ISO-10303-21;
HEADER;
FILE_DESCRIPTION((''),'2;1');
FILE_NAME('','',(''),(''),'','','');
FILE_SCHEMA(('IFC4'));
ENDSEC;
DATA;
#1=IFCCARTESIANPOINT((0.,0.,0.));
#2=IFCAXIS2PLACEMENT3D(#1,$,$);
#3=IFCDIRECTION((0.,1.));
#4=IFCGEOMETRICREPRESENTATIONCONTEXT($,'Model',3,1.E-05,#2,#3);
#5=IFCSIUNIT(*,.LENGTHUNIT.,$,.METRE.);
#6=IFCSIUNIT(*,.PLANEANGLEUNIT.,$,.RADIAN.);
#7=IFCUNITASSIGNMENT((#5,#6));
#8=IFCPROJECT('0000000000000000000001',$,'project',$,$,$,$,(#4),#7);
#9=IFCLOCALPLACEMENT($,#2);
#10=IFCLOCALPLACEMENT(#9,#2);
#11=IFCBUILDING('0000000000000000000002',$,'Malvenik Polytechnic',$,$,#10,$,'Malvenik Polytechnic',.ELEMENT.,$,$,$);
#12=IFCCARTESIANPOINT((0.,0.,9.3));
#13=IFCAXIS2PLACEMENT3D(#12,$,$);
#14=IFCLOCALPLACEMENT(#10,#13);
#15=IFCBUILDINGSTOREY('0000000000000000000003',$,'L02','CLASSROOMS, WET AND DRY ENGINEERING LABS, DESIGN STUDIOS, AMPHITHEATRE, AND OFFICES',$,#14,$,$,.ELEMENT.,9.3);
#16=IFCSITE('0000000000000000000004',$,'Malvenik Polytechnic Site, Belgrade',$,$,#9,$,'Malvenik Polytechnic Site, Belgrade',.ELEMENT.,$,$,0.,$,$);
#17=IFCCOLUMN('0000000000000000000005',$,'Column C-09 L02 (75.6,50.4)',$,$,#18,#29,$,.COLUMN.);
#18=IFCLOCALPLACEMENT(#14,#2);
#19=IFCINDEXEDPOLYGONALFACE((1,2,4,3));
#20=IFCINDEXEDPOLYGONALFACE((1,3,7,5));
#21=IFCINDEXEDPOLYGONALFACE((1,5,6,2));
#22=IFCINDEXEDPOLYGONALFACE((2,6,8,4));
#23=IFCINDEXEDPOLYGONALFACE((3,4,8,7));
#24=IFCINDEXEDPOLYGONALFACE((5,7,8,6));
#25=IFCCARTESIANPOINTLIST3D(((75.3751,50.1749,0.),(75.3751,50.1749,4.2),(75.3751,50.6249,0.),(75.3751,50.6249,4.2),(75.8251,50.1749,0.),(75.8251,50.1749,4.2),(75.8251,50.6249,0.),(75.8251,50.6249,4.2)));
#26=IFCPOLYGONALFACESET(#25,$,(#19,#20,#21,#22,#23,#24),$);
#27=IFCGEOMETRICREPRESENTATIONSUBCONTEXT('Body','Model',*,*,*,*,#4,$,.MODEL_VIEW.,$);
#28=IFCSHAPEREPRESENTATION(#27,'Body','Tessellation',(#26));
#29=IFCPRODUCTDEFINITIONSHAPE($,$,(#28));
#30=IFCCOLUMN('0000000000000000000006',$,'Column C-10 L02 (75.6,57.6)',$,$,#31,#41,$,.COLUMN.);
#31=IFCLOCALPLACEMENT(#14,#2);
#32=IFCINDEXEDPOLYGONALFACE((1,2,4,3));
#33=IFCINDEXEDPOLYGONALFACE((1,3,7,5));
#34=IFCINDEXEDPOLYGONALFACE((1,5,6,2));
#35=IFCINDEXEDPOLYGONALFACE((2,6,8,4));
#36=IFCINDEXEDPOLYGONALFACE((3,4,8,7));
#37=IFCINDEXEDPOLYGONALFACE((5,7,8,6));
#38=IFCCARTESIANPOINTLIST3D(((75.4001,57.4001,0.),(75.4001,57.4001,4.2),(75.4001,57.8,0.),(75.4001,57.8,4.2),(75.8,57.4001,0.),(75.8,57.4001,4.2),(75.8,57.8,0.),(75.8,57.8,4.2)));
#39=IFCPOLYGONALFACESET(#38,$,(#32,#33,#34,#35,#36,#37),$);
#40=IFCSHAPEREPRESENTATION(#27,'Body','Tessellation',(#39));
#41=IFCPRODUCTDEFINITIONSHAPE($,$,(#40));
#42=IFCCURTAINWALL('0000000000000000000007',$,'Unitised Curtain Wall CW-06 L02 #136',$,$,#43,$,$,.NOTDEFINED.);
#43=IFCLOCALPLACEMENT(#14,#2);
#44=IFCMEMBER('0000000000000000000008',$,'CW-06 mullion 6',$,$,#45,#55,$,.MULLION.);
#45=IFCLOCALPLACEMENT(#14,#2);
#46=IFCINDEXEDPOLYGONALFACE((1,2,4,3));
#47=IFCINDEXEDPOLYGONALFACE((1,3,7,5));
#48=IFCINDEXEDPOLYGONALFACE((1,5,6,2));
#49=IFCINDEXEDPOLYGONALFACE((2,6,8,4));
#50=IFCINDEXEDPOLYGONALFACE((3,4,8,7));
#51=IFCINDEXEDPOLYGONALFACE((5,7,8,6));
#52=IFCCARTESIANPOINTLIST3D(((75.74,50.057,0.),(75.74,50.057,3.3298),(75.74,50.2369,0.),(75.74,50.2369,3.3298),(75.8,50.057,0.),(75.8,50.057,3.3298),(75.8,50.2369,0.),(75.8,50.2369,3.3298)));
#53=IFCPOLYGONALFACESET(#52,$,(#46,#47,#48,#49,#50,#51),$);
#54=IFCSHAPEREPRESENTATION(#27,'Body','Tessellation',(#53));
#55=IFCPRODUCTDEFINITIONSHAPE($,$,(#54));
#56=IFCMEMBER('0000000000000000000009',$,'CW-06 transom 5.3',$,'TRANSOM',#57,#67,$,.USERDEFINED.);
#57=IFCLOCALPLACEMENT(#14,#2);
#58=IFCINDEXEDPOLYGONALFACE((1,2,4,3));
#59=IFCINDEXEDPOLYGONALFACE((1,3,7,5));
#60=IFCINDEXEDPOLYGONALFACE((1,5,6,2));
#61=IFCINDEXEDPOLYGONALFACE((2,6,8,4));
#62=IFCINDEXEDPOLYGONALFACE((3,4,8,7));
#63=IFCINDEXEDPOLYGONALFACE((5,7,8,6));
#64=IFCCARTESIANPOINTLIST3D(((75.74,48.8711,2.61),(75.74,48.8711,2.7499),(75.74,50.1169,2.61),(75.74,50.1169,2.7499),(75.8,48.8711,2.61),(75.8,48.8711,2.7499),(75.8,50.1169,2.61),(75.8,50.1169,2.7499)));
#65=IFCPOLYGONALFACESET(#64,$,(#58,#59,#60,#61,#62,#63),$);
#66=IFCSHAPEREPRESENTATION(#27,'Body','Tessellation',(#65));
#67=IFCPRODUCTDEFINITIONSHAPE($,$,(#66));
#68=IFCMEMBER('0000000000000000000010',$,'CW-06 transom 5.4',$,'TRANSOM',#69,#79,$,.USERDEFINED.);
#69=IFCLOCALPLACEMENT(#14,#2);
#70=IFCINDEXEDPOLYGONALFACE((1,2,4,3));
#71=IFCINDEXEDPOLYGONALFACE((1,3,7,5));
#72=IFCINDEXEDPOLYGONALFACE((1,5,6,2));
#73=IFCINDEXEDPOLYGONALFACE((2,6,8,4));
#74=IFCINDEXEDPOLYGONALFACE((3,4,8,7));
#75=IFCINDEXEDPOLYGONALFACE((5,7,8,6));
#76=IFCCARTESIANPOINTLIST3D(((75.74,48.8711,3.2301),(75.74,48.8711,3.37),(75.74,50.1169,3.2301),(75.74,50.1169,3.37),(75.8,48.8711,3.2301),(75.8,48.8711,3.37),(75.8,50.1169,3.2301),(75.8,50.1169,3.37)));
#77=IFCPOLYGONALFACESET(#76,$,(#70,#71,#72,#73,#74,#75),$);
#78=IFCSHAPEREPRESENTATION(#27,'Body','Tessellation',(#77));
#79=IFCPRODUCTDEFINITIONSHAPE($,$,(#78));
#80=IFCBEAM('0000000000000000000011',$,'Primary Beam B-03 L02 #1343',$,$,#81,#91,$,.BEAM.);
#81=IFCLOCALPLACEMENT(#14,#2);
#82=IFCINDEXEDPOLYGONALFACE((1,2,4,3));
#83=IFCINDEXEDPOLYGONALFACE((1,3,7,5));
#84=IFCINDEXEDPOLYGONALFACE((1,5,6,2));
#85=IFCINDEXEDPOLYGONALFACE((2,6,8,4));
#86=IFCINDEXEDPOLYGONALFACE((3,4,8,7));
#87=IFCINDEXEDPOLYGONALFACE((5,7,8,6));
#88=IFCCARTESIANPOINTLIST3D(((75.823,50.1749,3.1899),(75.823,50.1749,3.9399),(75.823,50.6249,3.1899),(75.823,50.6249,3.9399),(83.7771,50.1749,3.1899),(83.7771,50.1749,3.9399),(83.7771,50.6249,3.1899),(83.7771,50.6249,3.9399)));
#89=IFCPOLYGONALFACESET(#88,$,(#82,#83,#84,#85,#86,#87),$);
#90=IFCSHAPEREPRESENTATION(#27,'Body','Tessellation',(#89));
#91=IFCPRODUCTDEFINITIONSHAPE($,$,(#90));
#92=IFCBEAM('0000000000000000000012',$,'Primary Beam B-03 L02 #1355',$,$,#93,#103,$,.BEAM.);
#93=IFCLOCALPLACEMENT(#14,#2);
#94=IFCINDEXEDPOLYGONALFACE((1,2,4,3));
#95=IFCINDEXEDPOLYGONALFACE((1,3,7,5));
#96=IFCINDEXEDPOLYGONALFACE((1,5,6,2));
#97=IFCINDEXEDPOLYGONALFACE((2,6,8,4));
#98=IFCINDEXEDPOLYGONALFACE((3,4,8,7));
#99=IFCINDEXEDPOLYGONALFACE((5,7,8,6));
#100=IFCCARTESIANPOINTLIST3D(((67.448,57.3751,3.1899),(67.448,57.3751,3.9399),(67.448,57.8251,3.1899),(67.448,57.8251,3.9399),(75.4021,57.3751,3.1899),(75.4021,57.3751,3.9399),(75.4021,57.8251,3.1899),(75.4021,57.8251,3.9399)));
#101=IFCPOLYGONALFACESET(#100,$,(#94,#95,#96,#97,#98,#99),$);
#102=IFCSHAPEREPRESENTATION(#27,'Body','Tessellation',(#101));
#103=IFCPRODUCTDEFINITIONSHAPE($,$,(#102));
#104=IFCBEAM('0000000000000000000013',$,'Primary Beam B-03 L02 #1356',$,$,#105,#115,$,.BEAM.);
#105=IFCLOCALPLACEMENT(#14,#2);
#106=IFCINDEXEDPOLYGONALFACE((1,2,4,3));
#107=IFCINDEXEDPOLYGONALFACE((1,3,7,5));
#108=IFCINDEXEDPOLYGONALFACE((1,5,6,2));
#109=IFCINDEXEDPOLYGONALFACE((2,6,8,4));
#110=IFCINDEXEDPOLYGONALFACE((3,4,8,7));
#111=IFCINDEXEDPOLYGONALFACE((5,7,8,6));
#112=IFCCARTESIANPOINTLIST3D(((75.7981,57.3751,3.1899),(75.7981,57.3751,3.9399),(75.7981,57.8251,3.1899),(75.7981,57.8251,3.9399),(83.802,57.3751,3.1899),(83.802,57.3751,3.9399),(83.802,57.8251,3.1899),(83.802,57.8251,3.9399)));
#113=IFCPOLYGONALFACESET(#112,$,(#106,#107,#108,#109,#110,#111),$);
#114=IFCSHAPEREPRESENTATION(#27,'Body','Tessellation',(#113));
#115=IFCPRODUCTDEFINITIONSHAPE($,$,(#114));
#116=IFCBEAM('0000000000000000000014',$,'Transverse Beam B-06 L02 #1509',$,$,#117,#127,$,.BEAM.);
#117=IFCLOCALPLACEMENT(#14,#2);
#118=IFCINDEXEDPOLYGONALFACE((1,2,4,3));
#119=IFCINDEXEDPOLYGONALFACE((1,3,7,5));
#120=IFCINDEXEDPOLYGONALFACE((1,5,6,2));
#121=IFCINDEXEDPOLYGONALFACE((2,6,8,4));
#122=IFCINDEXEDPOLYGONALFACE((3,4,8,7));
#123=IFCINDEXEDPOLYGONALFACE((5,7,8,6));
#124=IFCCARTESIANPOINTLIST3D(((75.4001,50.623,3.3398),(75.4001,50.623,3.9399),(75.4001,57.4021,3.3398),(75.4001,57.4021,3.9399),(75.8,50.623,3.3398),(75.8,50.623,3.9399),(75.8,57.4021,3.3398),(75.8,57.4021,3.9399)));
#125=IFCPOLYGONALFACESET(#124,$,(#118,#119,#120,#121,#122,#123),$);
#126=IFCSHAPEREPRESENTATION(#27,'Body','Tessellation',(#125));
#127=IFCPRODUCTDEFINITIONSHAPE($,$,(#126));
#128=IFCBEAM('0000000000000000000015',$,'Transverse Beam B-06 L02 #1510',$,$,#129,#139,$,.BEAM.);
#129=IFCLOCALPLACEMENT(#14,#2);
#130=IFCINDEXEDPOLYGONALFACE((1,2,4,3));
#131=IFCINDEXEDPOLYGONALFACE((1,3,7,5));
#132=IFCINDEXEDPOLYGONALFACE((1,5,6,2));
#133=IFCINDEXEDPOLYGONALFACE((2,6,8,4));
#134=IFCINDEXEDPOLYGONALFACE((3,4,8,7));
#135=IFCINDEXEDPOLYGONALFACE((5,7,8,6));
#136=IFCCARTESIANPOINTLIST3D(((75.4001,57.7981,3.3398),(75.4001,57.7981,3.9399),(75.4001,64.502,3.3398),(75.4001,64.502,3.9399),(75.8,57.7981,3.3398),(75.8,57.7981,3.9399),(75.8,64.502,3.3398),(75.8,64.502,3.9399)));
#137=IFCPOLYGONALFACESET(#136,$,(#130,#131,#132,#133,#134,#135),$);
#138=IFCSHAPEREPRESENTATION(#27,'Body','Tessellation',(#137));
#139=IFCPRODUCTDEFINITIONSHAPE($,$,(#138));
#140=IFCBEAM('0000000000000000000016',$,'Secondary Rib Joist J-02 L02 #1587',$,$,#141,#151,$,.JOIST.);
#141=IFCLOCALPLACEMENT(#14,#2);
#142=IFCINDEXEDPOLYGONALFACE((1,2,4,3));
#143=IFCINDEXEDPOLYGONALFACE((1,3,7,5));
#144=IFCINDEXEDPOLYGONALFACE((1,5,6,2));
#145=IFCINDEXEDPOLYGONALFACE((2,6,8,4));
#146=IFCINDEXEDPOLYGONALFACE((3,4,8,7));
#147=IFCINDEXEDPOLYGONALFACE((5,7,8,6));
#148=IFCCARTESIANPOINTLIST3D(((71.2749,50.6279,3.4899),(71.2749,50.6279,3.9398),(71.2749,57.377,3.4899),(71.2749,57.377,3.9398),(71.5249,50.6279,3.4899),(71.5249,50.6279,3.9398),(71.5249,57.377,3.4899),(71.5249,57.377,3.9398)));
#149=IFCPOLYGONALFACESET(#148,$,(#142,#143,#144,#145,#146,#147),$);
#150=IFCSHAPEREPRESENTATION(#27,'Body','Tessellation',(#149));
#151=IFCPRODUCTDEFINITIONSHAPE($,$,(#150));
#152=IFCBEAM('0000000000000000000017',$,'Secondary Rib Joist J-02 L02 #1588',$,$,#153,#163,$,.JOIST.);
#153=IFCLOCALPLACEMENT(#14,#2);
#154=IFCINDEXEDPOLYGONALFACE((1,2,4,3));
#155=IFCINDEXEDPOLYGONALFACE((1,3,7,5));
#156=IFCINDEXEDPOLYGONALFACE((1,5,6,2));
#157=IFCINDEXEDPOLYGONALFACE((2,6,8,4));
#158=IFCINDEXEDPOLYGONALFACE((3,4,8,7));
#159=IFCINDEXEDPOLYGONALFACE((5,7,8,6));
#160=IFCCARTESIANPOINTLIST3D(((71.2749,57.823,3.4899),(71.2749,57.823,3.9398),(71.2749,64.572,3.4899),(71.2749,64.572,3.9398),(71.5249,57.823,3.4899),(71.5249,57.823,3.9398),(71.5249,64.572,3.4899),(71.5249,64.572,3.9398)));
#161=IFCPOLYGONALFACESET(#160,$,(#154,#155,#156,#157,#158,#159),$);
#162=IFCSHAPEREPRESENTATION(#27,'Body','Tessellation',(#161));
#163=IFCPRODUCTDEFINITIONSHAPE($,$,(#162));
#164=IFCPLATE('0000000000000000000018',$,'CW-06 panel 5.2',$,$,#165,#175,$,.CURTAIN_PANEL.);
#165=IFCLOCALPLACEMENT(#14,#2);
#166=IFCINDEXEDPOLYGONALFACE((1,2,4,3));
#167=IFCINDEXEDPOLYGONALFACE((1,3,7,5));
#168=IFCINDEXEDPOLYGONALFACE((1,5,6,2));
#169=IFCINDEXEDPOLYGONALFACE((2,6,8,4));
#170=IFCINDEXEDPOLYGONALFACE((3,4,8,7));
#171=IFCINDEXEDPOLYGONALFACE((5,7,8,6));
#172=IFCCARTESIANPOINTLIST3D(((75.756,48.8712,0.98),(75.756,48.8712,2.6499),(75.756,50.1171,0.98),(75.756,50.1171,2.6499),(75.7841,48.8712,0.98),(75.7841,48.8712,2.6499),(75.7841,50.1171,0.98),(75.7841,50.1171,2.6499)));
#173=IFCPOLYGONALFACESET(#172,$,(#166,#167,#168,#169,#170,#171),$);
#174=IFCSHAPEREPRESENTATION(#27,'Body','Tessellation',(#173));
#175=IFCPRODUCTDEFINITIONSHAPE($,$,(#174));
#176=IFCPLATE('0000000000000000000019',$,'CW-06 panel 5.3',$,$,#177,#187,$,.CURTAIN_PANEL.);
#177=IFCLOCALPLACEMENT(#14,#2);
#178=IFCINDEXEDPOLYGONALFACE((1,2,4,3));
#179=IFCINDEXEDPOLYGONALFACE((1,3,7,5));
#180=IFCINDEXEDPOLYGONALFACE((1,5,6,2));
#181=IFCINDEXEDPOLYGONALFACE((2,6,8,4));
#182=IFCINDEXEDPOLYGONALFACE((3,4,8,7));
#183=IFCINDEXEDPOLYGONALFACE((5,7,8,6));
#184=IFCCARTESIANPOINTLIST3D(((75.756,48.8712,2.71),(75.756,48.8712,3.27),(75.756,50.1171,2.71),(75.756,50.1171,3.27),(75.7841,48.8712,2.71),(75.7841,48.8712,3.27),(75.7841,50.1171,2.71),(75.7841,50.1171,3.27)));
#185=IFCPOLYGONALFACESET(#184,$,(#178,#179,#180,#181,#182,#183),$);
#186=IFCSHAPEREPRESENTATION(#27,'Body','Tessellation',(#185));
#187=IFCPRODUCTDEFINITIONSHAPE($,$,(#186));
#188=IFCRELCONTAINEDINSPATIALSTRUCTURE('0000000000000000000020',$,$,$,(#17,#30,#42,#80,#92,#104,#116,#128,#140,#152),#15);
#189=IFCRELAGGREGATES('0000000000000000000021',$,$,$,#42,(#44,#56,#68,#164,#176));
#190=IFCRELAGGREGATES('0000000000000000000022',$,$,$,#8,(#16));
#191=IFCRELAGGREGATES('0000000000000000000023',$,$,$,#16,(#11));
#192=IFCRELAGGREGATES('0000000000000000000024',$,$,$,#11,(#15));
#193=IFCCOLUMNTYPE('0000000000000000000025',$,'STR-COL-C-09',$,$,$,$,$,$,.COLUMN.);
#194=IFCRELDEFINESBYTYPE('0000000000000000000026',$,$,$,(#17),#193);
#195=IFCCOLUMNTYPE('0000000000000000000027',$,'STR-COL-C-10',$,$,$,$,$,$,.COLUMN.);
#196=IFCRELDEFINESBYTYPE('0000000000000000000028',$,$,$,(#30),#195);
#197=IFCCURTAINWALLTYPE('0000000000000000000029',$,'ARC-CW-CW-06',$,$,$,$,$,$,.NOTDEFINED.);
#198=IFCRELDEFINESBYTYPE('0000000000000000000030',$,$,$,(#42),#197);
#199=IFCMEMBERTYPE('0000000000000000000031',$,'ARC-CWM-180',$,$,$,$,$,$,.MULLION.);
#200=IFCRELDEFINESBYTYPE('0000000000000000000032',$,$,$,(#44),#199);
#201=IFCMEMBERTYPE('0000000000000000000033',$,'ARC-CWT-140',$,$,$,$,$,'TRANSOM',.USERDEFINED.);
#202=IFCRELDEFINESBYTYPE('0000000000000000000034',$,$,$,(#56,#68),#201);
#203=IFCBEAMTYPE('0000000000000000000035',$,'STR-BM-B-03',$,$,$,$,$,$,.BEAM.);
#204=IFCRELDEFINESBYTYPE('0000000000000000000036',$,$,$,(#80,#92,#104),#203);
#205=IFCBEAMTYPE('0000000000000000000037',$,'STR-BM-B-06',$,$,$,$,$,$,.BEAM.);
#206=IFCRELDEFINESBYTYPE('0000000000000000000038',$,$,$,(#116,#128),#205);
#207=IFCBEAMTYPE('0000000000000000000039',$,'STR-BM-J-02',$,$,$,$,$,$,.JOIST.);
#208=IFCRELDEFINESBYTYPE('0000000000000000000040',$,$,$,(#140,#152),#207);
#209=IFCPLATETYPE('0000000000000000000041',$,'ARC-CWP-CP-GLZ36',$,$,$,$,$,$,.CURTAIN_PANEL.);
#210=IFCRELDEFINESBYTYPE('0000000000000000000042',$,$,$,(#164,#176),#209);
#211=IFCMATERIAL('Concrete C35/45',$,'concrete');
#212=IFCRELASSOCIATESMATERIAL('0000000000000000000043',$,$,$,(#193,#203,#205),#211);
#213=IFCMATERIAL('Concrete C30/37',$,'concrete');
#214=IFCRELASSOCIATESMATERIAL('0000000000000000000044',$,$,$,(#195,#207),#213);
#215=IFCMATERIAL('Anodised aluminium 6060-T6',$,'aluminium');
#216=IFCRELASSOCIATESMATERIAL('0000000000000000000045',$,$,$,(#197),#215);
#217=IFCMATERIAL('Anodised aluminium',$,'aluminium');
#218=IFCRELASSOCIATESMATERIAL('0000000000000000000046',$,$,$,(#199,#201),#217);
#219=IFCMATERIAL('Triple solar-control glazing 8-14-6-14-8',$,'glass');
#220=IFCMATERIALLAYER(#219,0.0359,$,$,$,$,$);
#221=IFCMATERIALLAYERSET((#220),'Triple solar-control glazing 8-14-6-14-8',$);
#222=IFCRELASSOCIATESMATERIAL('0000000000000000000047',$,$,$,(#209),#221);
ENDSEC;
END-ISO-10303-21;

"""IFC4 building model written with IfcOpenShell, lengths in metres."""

from ifc_helpers import new_model, si_unit, direction, frame, origin, origin_2d, place, context, subcontext, project, spatial, rectangle, extrude, material, layer, layer_set, material_profile, profile_set, type_object, element, aggregate, save


model = new_model("IFC4")

# Units and contexts
model_context = context("Model", 3, precision=1e-05, world=origin(), true_north=direction((0.0, 1.0)))
body_context = subcontext(model_context, "Body", "Model", "MODEL_VIEW")
ifc_project = project(units=[si_unit("LENGTHUNIT", "METRE"), si_unit("PLANEANGLEUNIT", "RADIAN")], contexts=[model_context])

# Site, building, storey
site_placement = place(None, origin())
site = spatial("IfcSite", under=ifc_project, at=site_placement, Name="Malvenik Polytechnic Site, Belgrade", LongName="Malvenik Polytechnic Site, Belgrade", CompositionType="ELEMENT", RefElevation=0.0)
building_placement = place(site_placement, origin())
building = spatial("IfcBuilding", under=site, at=building_placement, Name="Malvenik Polytechnic", LongName="Malvenik Polytechnic", CompositionType="ELEMENT")
storey_placement = place(building_placement, frame((0.0, 0.0, 9.3)))
storey = spatial("IfcBuildingStorey", under=building, at=storey_placement, Name="L02", Description="CLASSROOMS, WET AND DRY ENGINEERING LABS, DESIGN STUDIOS, AMPHITHEATRE, AND OFFICES", CompositionType="ELEMENT", Elevation=9.3)

# Columns
ifc_material_1 = material(Name="Concrete C35/45", Category="concrete")
ifc_material_profile_1 = material_profile(ifc_material_1, rectangle(XDim=0.45, YDim=0.45, at=origin_2d()), Name="RC COL 450x450")
ifc_profile_set_1 = profile_set([ifc_material_profile_1], Name="Concrete C35/45")
column_type_1 = type_object("IfcColumnType", Name="STR-COL-C-09", PredefinedType="COLUMN", material=ifc_profile_set_1)
column_1_placement = place(storey_placement, frame((75.6001, 50.3999, 0.0), z_axis=(0.0, 0.0, 1.0), x_axis=(1.0, 0.0, 0.0)))
element("IfcColumn", 1, at=column_1_placement, inside=storey, type_object=column_type_1, Name="Column C-09 L02 (75.6,50.4)", PredefinedType="COLUMN", context=body_context, shape_type="SweptSolid", body=[
    extrude(rectangle(XDim=0.45, YDim=0.45, at=origin_2d()), origin(), (0.0, 0.0, 1.0), 4.2),
])
ifc_material_2 = material(Name="Concrete C30/37", Category="concrete")
ifc_material_profile_2 = material_profile(ifc_material_2, rectangle(XDim=0.3999, YDim=0.3999, at=origin_2d()), Name="RC COL 400x400")
ifc_profile_set_2 = profile_set([ifc_material_profile_2], Name="Concrete C30/37")
column_type_2 = type_object("IfcColumnType", Name="STR-COL-C-10", PredefinedType="COLUMN", material=ifc_profile_set_2)
column_2_placement = place(storey_placement, frame((75.6001, 57.6001, 0.0), z_axis=(0.0, 0.0, 1.0), x_axis=(1.0, 0.0, 0.0)))
element("IfcColumn", 2, at=column_2_placement, inside=storey, type_object=column_type_2, Name="Column C-10 L02 (75.6,57.6)", PredefinedType="COLUMN", context=body_context, shape_type="SweptSolid", body=[
    extrude(rectangle(XDim=0.3999, YDim=0.3999, at=origin_2d()), origin(), (0.0, 0.0, 1.0), 4.2),
])

# Curtain wall, members
ifc_material_3 = material(Name="Anodised aluminium 6060-T6", Category="aluminium")
curtain_wall_type = type_object("IfcCurtainWallType", Name="ARC-CW-CW-06", PredefinedType="NOTDEFINED", material=ifc_material_3)
curtain_wall_placement = place(storey_placement, origin())
curtain_wall = element("IfcCurtainWall", 3, at=curtain_wall_placement, inside=storey, type_object=curtain_wall_type, Name="Unitised Curtain Wall CW-06 L02 #136", PredefinedType="NOTDEFINED")
ifc_material_4 = material(Name="Anodised aluminium", Category="aluminium")
ifc_material_profile_3 = material_profile(ifc_material_4, rectangle(XDim=0.0601, YDim=0.1799, at=origin_2d()), Name="ALU MULLION 60x180")
ifc_profile_set_3 = profile_set([ifc_material_profile_3], Name="Anodised aluminium")
member_type_1 = type_object("IfcMemberType", Name="ARC-CWM-180", PredefinedType="MULLION", material=ifc_profile_set_3)
member_1_placement = place(storey_placement, frame((75.77, 50.147, 0.0), z_axis=(0.0, 0.0, 1.0), x_axis=(-1.0, 0.0, 0.0)))
member_1 = element("IfcMember", 4, at=member_1_placement, type_object=member_type_1, Name="CW-06 mullion 6", PredefinedType="MULLION", context=body_context, shape_type="SweptSolid", body=[
    extrude(rectangle(XDim=0.0601, YDim=0.1799, at=origin_2d()), origin(), (0.0, 0.0, 1.0), 3.3298),
])
ifc_material_profile_4 = material_profile(ifc_material_4, rectangle(XDim=0.0601, YDim=0.1399, at=origin_2d()), Name="ALU TRANSOM 60x140")
ifc_profile_set_4 = profile_set([ifc_material_profile_4], Name="Anodised aluminium")
member_type_2 = type_object("IfcMemberType", Name="ARC-CWT-140", ElementType="TRANSOM", PredefinedType="USERDEFINED", material=ifc_profile_set_4)
member_2_placement = place(storey_placement, frame((75.77, 48.8711, 2.6799), z_axis=(0.0, 1.0, 0.0), x_axis=(-1.0, 0.0, 0.0)))
member_2 = element("IfcMember", 5, at=member_2_placement, type_object=member_type_2, Name="CW-06 transom 5.3", ObjectType="TRANSOM", PredefinedType="USERDEFINED", context=body_context, shape_type="SweptSolid", body=[
    extrude(rectangle(XDim=0.0601, YDim=0.1399, at=origin_2d()), origin(), (0.0, 0.0, 1.0), 1.2458),
])
member_3_placement = place(storey_placement, frame((75.77, 48.8711, 3.3), z_axis=(0.0, 1.0, 0.0), x_axis=(-1.0, 0.0, 0.0)))
member_3 = element("IfcMember", 6, at=member_3_placement, type_object=member_type_2, Name="CW-06 transom 5.4", ObjectType="TRANSOM", PredefinedType="USERDEFINED", context=body_context, shape_type="SweptSolid", body=[
    extrude(rectangle(XDim=0.0601, YDim=0.1399, at=origin_2d()), origin(), (0.0, 0.0, 1.0), 1.2458),
])

# Beams
ifc_material_profile_5 = material_profile(ifc_material_1, rectangle(XDim=0.45, YDim=0.75, at=origin_2d()), Name="RC BM 450x750")
ifc_profile_set_5 = profile_set([ifc_material_profile_5], Name="Concrete C35/45")
beam_type_1 = type_object("IfcBeamType", Name="STR-BM-B-03", PredefinedType="BEAM", material=ifc_profile_set_5)
for number, where, z_axis, x_axis, name in (
    (7, (75.823, 50.3999, 3.5649), (1.0, 0.0, 0.0), (0.0, 1.0, 0.0), "Primary Beam B-03 L02 #1343"),
    (8, (67.448, 57.6001, 3.5649), (1.0, 0.0, 0.0), (0.0, 1.0, 0.0), "Primary Beam B-03 L02 #1355"),
):
    element("IfcBeam", number, at=place(storey_placement, frame(where, z_axis=z_axis, x_axis=x_axis)), inside=storey, type_object=beam_type_1, Name=name, PredefinedType="BEAM", context=body_context, shape_type="SweptSolid", body=[
        extrude(rectangle(XDim=0.45, YDim=0.75, at=origin_2d()), origin(), (0.0, 0.0, 1.0), 7.9541),
    ])
beam_1_placement = place(storey_placement, frame((75.7981, 57.6001, 3.5649), z_axis=(1.0, 0.0, 0.0), x_axis=(0.0, 1.0, 0.0)))
element("IfcBeam", 9, at=beam_1_placement, inside=storey, type_object=beam_type_1, Name="Primary Beam B-03 L02 #1356", PredefinedType="BEAM", context=body_context, shape_type="SweptSolid", body=[
    extrude(rectangle(XDim=0.45, YDim=0.75, at=origin_2d()), origin(), (0.0, 0.0, 1.0), 8.0039),
])
ifc_material_profile_6 = material_profile(ifc_material_1, rectangle(XDim=0.3999, YDim=0.6001, at=origin_2d()), Name="RC BM 400x600")
ifc_profile_set_6 = profile_set([ifc_material_profile_6], Name="Concrete C35/45")
beam_type_2 = type_object("IfcBeamType", Name="STR-BM-B-06", PredefinedType="BEAM", material=ifc_profile_set_6)
beam_2_placement = place(storey_placement, frame((75.6001, 50.623, 3.6399), z_axis=(0.0, 1.0, 0.0), x_axis=(-1.0, 0.0, 0.0)))
element("IfcBeam", 10, at=beam_2_placement, inside=storey, type_object=beam_type_2, Name="Transverse Beam B-06 L02 #1509", PredefinedType="BEAM", context=body_context, shape_type="SweptSolid", body=[
    extrude(rectangle(XDim=0.3999, YDim=0.6001, at=origin_2d()), origin(), (0.0, 0.0, 1.0), 6.7791),
])
beam_3_placement = place(storey_placement, frame((75.6001, 57.7981, 3.6399), z_axis=(0.0, 1.0, 0.0), x_axis=(-1.0, 0.0, 0.0)))
element("IfcBeam", 11, at=beam_3_placement, inside=storey, type_object=beam_type_2, Name="Transverse Beam B-06 L02 #1510", PredefinedType="BEAM", context=body_context, shape_type="SweptSolid", body=[
    extrude(rectangle(XDim=0.3999, YDim=0.6001, at=origin_2d()), origin(), (0.0, 0.0, 1.0), 6.7039),
])
ifc_material_profile_7 = material_profile(ifc_material_2, rectangle(XDim=0.25, YDim=0.45, at=origin_2d()), Name="RC JST 250x450")
ifc_profile_set_7 = profile_set([ifc_material_profile_7], Name="Concrete C30/37")
beam_type_3 = type_object("IfcBeamType", Name="STR-BM-J-02", PredefinedType="JOIST", material=ifc_profile_set_7)
for number, where, z_axis, x_axis, name in (
    (12, (71.3999, 50.6279, 3.7148), (0.0, 1.0, 0.0), (-1.0, 0.0, 0.0), "Secondary Rib Joist J-02 L02 #1587"),
    (13, (71.3999, 57.823, 3.7148), (0.0, 1.0, 0.0), (-1.0, 0.0, 0.0), "Secondary Rib Joist J-02 L02 #1588"),
):
    element("IfcBeam", number, at=place(storey_placement, frame(where, z_axis=z_axis, x_axis=x_axis)), inside=storey, type_object=beam_type_3, Name=name, PredefinedType="JOIST", context=body_context, shape_type="SweptSolid", body=[
        extrude(rectangle(XDim=0.25, YDim=0.45, at=origin_2d()), origin(), (0.0, 0.0, 1.0), 6.749),
    ])

# Plates
ifc_material_5 = material(Name="Triple solar-control glazing 8-14-6-14-8", Category="glass")
ifc_layer_1 = layer(ifc_material_5, 0.0359)
ifc_layer_set_1 = layer_set([ifc_layer_1], Name="Triple solar-control glazing 8-14-6-14-8")
plate_type_1 = type_object("IfcPlateType", Name="ARC-CWP-CP-GLZ36", PredefinedType="CURTAIN_PANEL", material=ifc_layer_set_1)
plate_1_placement = place(storey_placement, frame((75.77, 49.4941, 0.98), z_axis=(0.0, 0.0, 1.0), x_axis=(0.0, 1.0, 0.0)))
plate_1 = element("IfcPlate", 14, at=plate_1_placement, type_object=plate_type_1, Name="CW-06 panel 5.2", PredefinedType="CURTAIN_PANEL", context=body_context, shape_type="SweptSolid", body=[
    extrude(rectangle(XDim=1.2458, YDim=0.0281, at=origin_2d()), origin(), (0.0, 0.0, 1.0), 1.6699),
])
plate_2_placement = place(storey_placement, frame((75.77, 49.4941, 2.71), z_axis=(0.0, 0.0, 1.0), x_axis=(0.0, 1.0, 0.0)))
plate_2 = element("IfcPlate", 15, at=plate_2_placement, type_object=plate_type_1, Name="CW-06 panel 5.3", PredefinedType="CURTAIN_PANEL", context=body_context, shape_type="SweptSolid", body=[
    extrude(rectangle(XDim=1.2458, YDim=0.0281, at=origin_2d()), origin(), (0.0, 0.0, 1.0), 0.5601),
])
aggregate(curtain_wall, [member_1, member_2, member_3, plate_1, plate_2])

save(model, "model.ifc")
